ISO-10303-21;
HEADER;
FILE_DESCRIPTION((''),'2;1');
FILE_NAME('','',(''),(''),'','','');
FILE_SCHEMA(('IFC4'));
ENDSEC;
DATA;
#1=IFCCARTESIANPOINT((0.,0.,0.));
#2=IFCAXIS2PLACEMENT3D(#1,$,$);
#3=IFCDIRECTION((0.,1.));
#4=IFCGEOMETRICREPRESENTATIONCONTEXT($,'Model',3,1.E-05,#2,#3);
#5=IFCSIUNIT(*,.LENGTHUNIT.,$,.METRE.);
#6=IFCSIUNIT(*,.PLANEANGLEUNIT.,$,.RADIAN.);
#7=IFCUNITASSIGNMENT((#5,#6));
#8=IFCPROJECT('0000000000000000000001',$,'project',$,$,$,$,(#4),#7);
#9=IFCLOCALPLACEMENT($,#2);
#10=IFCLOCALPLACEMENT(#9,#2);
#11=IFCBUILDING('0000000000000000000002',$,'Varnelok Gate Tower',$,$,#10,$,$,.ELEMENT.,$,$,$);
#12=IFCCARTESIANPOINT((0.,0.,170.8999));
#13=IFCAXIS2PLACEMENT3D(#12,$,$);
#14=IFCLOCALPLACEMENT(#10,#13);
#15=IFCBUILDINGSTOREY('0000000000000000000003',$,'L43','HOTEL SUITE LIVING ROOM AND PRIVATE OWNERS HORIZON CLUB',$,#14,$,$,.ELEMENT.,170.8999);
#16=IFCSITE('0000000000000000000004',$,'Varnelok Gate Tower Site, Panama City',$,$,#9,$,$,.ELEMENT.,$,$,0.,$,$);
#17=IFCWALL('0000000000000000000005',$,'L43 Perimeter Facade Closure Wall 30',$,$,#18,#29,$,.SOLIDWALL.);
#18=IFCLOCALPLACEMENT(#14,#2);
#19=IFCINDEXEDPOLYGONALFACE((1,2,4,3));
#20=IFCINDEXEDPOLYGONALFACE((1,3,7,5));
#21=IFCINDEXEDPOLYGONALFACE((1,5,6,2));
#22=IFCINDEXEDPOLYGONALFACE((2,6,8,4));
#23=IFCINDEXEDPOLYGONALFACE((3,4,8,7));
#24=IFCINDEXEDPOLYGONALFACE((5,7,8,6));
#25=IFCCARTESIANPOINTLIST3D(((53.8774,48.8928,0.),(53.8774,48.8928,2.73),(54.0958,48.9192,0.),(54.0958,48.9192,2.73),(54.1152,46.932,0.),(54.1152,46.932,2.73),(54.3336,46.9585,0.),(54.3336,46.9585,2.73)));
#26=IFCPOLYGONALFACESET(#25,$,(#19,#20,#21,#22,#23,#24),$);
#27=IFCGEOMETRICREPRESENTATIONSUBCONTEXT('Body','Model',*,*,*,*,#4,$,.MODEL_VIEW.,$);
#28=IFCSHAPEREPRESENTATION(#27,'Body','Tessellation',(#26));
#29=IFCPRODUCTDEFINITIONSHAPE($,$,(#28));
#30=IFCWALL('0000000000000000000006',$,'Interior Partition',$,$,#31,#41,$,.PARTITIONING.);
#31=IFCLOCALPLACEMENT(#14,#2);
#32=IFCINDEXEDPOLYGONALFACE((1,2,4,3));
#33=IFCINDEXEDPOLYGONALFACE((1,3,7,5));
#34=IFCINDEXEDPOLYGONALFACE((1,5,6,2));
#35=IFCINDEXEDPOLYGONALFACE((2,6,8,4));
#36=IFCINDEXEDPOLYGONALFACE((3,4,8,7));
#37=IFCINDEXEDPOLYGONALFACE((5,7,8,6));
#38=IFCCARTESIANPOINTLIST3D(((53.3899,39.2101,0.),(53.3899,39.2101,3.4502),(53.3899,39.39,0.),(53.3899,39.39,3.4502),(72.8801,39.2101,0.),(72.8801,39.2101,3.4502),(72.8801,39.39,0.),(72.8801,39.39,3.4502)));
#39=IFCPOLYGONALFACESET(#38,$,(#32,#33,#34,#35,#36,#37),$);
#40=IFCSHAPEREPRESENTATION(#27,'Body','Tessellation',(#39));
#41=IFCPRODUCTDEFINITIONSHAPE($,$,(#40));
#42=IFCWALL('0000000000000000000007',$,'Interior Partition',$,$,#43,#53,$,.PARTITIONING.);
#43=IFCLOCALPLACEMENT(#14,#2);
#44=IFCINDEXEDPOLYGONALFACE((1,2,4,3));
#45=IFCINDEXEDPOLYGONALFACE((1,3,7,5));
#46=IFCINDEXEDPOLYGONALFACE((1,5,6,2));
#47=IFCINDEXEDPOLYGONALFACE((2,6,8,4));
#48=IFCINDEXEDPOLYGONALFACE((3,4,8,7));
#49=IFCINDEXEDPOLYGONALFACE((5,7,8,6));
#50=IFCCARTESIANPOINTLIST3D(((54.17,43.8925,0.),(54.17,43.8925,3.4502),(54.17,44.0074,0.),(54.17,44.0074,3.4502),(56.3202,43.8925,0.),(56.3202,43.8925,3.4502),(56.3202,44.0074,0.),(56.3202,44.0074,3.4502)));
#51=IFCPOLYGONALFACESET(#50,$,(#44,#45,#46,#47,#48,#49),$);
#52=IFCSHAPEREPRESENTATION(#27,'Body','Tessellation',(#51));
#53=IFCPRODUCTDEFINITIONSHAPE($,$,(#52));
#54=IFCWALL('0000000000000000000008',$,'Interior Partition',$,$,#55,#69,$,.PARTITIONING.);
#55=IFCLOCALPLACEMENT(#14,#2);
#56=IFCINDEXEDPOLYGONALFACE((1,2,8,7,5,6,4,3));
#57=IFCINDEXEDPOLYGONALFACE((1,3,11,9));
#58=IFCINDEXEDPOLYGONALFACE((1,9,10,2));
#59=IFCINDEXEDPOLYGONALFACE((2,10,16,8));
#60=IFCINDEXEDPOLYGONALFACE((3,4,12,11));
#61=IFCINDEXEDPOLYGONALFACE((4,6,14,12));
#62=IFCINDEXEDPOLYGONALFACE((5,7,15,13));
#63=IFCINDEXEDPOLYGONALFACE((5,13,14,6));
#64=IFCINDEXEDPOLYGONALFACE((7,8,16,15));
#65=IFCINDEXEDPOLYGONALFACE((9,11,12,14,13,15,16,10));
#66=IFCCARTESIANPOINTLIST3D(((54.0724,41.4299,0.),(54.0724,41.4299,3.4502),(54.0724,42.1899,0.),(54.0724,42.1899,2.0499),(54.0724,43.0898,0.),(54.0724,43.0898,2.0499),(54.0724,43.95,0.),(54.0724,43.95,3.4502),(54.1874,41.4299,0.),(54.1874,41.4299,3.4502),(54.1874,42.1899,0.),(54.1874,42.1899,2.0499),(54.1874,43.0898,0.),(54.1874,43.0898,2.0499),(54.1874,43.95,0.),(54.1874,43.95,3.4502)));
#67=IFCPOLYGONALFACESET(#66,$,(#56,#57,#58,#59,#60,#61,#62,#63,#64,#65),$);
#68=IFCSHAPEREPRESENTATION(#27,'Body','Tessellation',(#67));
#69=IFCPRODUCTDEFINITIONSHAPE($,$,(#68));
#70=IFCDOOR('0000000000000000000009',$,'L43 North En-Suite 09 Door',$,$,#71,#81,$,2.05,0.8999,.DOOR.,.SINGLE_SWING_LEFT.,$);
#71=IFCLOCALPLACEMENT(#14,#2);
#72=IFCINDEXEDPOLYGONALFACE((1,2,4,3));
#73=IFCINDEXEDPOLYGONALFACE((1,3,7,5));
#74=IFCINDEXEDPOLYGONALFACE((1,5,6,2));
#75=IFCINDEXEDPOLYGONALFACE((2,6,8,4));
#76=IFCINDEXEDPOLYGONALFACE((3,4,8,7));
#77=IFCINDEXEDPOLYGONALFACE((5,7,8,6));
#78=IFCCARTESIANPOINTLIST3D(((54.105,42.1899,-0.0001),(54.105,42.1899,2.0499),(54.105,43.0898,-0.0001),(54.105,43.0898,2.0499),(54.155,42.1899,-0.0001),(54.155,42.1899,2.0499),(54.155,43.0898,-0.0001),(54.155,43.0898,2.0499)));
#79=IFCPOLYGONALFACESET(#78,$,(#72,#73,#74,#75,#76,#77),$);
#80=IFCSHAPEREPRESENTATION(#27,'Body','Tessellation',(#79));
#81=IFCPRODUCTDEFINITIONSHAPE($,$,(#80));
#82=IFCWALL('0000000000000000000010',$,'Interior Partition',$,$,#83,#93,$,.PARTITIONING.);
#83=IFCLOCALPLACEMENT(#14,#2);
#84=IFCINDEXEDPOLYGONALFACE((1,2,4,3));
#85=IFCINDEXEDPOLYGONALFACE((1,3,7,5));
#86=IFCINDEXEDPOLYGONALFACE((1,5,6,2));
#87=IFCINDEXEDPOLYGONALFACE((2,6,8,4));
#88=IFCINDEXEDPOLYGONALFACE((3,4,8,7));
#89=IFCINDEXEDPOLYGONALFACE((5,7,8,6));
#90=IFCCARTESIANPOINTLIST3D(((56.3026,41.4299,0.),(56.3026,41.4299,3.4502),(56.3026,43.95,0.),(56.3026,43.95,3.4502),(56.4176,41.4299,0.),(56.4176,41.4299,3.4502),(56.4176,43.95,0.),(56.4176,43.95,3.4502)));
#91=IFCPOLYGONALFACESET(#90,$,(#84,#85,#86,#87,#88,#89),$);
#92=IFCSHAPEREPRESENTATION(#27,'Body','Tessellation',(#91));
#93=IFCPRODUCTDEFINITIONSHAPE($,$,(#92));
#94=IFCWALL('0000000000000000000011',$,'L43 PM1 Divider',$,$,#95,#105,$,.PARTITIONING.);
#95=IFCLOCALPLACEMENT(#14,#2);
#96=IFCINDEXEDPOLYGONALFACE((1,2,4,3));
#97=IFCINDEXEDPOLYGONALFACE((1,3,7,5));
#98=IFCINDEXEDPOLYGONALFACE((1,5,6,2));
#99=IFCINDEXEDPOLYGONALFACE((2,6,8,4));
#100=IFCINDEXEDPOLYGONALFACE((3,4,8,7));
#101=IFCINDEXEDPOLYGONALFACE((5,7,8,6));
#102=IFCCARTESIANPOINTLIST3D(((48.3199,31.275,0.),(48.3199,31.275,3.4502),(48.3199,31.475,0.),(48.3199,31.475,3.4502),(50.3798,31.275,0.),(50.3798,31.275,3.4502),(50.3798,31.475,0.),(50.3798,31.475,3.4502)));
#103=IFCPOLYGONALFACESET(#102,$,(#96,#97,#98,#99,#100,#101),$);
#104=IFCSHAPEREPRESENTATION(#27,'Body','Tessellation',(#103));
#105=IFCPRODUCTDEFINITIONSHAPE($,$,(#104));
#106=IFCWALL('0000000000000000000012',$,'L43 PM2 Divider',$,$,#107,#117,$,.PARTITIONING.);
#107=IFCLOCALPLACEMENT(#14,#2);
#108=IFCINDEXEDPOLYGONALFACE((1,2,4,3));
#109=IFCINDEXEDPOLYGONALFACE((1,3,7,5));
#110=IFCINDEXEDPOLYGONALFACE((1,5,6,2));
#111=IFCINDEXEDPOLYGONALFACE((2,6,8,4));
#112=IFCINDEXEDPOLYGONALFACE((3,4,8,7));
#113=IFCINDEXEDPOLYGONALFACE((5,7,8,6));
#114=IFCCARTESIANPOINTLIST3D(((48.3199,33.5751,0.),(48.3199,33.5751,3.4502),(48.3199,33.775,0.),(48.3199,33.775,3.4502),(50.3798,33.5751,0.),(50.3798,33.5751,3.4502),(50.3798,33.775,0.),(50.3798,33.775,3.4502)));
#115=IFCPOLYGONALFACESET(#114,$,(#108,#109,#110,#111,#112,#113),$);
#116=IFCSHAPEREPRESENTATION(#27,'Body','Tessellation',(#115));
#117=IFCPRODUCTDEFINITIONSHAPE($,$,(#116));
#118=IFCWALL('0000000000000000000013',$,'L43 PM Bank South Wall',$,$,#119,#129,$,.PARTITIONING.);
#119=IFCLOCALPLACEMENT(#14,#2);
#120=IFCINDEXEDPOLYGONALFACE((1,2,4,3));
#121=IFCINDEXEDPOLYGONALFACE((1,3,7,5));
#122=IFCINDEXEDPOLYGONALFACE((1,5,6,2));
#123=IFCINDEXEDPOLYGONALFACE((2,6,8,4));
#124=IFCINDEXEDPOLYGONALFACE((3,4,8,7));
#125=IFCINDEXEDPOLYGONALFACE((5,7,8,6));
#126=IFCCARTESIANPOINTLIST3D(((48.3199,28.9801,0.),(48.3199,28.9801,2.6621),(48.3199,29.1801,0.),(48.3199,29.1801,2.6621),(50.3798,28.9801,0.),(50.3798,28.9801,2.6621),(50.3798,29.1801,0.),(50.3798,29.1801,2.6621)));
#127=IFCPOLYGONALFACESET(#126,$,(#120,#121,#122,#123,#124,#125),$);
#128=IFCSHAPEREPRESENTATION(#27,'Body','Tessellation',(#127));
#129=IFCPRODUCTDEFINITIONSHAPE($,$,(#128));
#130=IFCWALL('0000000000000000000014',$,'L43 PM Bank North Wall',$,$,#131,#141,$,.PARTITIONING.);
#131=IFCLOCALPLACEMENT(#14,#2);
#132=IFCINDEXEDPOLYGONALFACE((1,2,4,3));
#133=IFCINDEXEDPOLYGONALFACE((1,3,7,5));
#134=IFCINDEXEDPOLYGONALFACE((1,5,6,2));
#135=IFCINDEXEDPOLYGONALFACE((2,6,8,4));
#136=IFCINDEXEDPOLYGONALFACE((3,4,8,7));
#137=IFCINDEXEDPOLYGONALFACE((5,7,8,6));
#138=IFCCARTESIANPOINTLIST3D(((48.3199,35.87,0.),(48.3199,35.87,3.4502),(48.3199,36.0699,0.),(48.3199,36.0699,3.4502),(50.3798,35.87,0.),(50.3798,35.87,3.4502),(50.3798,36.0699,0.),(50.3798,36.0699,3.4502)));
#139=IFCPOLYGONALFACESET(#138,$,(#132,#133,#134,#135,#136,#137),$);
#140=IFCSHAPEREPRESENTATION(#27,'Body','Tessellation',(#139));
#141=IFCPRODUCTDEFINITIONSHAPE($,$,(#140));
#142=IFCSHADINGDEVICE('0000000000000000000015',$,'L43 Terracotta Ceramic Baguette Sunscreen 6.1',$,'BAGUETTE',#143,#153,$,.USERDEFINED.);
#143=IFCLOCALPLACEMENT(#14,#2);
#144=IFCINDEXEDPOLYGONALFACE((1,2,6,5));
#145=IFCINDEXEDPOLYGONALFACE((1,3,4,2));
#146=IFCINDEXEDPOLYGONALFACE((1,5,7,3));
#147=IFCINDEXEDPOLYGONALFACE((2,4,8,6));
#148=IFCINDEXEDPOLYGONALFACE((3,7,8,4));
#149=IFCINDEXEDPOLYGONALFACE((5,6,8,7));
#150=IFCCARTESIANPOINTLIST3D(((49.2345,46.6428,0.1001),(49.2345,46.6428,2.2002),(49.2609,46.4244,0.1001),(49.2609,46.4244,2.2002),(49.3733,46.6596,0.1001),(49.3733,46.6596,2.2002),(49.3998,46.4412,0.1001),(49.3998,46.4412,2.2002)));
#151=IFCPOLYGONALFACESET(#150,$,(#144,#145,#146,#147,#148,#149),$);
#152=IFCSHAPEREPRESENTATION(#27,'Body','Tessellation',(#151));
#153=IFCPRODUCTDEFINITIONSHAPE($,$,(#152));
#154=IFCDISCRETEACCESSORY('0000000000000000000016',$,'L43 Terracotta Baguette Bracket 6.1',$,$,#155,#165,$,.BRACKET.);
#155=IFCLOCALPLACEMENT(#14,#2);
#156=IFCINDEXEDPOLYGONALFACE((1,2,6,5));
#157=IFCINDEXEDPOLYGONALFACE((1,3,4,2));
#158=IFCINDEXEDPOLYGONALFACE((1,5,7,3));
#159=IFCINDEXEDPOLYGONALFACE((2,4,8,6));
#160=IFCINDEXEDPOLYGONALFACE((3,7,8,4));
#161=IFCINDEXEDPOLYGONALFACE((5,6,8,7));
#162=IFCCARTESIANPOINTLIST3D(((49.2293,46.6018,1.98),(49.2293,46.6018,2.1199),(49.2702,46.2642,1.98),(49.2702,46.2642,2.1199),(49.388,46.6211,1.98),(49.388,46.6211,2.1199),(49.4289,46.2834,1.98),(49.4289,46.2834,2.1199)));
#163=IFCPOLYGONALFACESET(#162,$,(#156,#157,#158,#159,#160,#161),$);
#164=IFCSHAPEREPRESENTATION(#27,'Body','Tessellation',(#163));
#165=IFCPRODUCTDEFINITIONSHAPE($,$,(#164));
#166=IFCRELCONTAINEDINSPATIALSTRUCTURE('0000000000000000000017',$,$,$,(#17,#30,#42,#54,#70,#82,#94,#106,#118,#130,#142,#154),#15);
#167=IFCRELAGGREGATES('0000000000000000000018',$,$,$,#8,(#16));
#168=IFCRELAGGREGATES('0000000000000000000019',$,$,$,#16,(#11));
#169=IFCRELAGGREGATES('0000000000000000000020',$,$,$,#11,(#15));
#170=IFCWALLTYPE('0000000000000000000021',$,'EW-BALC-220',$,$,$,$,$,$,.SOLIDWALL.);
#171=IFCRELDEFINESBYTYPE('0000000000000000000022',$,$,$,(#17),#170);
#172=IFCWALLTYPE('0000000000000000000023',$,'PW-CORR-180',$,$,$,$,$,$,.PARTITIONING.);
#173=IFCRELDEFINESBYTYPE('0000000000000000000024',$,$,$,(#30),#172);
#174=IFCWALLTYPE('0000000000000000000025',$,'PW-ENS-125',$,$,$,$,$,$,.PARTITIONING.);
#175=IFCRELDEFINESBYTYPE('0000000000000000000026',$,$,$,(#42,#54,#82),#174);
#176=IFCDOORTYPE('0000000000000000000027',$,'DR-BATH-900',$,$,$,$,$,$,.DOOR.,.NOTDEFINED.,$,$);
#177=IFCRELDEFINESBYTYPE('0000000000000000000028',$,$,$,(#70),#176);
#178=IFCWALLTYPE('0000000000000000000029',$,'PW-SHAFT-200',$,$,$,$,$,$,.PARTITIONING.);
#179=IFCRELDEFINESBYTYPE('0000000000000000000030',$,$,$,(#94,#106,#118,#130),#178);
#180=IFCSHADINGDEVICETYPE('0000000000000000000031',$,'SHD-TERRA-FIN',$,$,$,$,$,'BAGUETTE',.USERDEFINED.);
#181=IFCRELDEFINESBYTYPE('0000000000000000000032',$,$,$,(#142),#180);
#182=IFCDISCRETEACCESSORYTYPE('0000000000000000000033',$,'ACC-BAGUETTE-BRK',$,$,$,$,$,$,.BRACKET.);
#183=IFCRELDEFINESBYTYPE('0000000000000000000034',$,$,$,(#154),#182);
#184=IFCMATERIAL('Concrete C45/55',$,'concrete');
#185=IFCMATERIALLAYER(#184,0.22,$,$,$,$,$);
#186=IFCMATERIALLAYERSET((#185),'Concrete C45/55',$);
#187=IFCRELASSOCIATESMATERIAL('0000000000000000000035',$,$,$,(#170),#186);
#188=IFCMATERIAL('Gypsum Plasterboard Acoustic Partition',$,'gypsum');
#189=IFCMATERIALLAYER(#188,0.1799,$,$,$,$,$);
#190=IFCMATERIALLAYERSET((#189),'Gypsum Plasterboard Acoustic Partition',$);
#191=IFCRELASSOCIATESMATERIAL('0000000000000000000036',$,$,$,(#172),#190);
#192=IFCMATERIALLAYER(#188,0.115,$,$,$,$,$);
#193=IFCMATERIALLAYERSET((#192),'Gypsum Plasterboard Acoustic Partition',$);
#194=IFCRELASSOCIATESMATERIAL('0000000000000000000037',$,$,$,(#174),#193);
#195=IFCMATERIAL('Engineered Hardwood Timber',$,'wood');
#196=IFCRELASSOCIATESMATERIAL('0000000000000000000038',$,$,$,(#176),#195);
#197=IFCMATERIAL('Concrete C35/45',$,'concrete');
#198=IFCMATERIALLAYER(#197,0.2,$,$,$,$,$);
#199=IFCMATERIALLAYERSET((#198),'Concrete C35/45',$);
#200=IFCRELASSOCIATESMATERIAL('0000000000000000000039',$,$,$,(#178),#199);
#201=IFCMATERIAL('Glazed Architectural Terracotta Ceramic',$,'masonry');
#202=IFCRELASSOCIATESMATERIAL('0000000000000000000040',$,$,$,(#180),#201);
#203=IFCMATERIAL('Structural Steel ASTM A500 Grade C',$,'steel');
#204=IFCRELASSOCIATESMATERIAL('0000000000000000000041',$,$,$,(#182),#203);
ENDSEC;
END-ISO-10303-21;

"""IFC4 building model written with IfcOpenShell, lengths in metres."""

from ifc_helpers import new_model, si_unit, direction, frame, frame_2d, origin, origin_2d, place, context, subcontext, project, spatial, rectangle, extrude, source, transform, mapped, material, layer, layer_set, type_object, element, fill, save


model = new_model("IFC4")

# Units and contexts
model_context = context("Model", 3, precision=1e-05, world=origin(), true_north=direction((0.0, 1.0)))
body_context = subcontext(model_context, "Body", "Model", "MODEL_VIEW")
ifc_project = project(units=[si_unit("LENGTHUNIT", "METRE"), si_unit("PLANEANGLEUNIT", "RADIAN")], contexts=[model_context])

# Site, building, storey
site_placement = place(None, origin())
site = spatial("IfcSite", under=ifc_project, at=site_placement, Name="Varnelok Gate Tower Site, Panama City", CompositionType="ELEMENT", RefElevation=0.0)
building_placement = place(site_placement, origin())
building = spatial("IfcBuilding", under=site, at=building_placement, Name="Varnelok Gate Tower", CompositionType="ELEMENT")
storey_placement = place(building_placement, frame((0.0, 0.0, 170.8999)))
storey = spatial("IfcBuildingStorey", under=building, at=storey_placement, Name="L43", Description="HOTEL SUITE LIVING ROOM AND PRIVATE OWNERS HORIZON CLUB", CompositionType="ELEMENT", Elevation=170.8999)

# Shared definitions
ifc_material_1 = material(Name="Concrete C45/55", Category="concrete")
ifc_layer_1 = layer(ifc_material_1, 0.22)
ifc_layer_set_1 = layer_set([ifc_layer_1], Name="Concrete C45/55")
wall_type_1 = type_object("IfcWallType", Name="EW-BALC-220", PredefinedType="SOLIDWALL", material=ifc_layer_set_1)

# Walls
wall_1_placement = place(storey_placement, frame((53.9866, 48.906, 0.0), z_axis=(0.0, 0.0, 1.0), x_axis=(0.120398, -0.992726, 0.0)))
element("IfcWall", 1, at=wall_1_placement, inside=storey, type_object=wall_type_1, Name="L43 Perimeter Facade Closure Wall 30", PredefinedType="SOLIDWALL", context=body_context, shape_type="SweptSolid", body=[
    extrude(rectangle(XDim=1.9751, YDim=0.22, at=frame_2d((0.9875, 0.0))), origin(), (0.0, 0.0, 1.0), 2.73),
])
ifc_material_2 = material(Name="Gypsum Plasterboard Acoustic Partition", Category="gypsum")
ifc_layer_2 = layer(ifc_material_2, 0.1799)
ifc_layer_set_2 = layer_set([ifc_layer_2], Name="Gypsum Plasterboard Acoustic Partition")
wall_type_2 = type_object("IfcWallType", Name="PW-CORR-180", PredefinedType="PARTITIONING", material=ifc_layer_set_2)
wall_2_placement = place(storey_placement, frame((53.3899, 39.3, 0.0), z_axis=(0.0, 0.0, 1.0), x_axis=(1.0, 0.0, 0.0)))
element("IfcWall", 2, at=wall_2_placement, inside=storey, type_object=wall_type_2, Name="Interior Partition", PredefinedType="PARTITIONING", context=body_context, shape_type="SweptSolid", body=[
    extrude(rectangle(XDim=19.4902, YDim=0.1799, at=frame_2d((9.7451, 0.0))), origin(), (0.0, 0.0, 1.0), 3.4502),
])
ifc_layer_3 = layer(ifc_material_2, 0.115)
ifc_layer_set_3 = layer_set([ifc_layer_3], Name="Gypsum Plasterboard Acoustic Partition")
wall_type_3 = type_object("IfcWallType", Name="PW-ENS-125", PredefinedType="PARTITIONING", material=ifc_layer_set_3)
wall_3_placement = place(storey_placement, frame((54.1699, 43.95, 0.0), z_axis=(0.0, 0.0, 1.0), x_axis=(1.0, 0.0, 0.0)))
element("IfcWall", 3, at=wall_3_placement, inside=storey, type_object=wall_type_3, Name="Interior Partition", PredefinedType="PARTITIONING", context=body_context, shape_type="SweptSolid", body=[
    extrude(rectangle(XDim=2.1501, YDim=0.115, at=frame_2d((1.0752, 0.0))), origin(), (0.0, 0.0, 1.0), 3.4502),
])

# Wall, opening, door
wall_4_placement = place(storey_placement, frame((54.1299, 41.4299, 0.0), z_axis=(0.0, 0.0, 1.0), x_axis=(0.0, 1.0, 0.0)))
wall_4 = element("IfcWall", 4, at=wall_4_placement, inside=storey, type_object=wall_type_3, Name="Interior Partition", PredefinedType="PARTITIONING", context=body_context, shape_type="SweptSolid", body=[
    extrude(rectangle(XDim=2.52, YDim=0.115, at=frame_2d((1.26, 0.0))), origin(), (0.0, 0.0, 1.0), 3.4502),
])
opening_1_placement = place(wall_4_placement, frame((0.76, 0.0, 0.0)))
opening_1 = element("IfcOpeningElement", 5, at=opening_1_placement, cuts=wall_4, PredefinedType="OPENING", context=body_context, shape_type="SweptSolid", body=[
    extrude(rectangle(XDim=0.8999, YDim=2.05, at=frame_2d((0.45, 1.0249))), frame((0.0, 0.0674, 0.0), z_axis=(0.0, -1.0, 0.0), x_axis=(1.0, 0.0, 0.0)), (0.0, 0.0, 1.0), 0.135),
])
ifc_material_3 = material(Name="Engineered Hardwood Timber", Category="wood")
door_type_1 = type_object("IfcDoorType", Name="DR-BATH-900", OperationType="NOTDEFINED", PredefinedType="DOOR", material=ifc_material_3)
door_1_placement = place(opening_1_placement, origin())
door_1 = element("IfcDoor", 6, at=door_1_placement, inside=storey, type_object=door_type_1, Name="L43 North En-Suite 09 Door", OperationType="SINGLE_SWING_LEFT", OverallHeight=2.05, OverallWidth=0.8999, PredefinedType="DOOR", context=body_context, shape_type="SweptSolid", body=[
    extrude(rectangle(XDim=0.8999, YDim=2.05, at=frame_2d((0.45, 1.0249))), frame((0.0, 0.0249, 0.0), z_axis=(0.0, -1.0, 0.0), x_axis=(1.0, 0.0, 0.0)), (0.0, 0.0, 1.0), 0.05),
])
fill(opening_1, door_1)

# Walls
wall_5_placement = place(storey_placement, frame((56.3601, 41.4299, 0.0), z_axis=(0.0, 0.0, 1.0), x_axis=(0.0, 1.0, 0.0)))
element("IfcWall", 7, at=wall_5_placement, inside=storey, type_object=wall_type_3, Name="Interior Partition", PredefinedType="PARTITIONING", context=body_context, shape_type="SweptSolid", body=[
    extrude(rectangle(XDim=2.52, YDim=0.115, at=frame_2d((1.26, 0.0))), origin(), (0.0, 0.0, 1.0), 3.4502),
])
ifc_material_4 = material(Name="Concrete C35/45", Category="concrete")
ifc_layer_4 = layer(ifc_material_4, 0.2)
ifc_layer_set_4 = layer_set([ifc_layer_4], Name="Concrete C35/45")
wall_type_4 = type_object("IfcWallType", Name="PW-SHAFT-200", PredefinedType="PARTITIONING", material=ifc_layer_set_4)
for number, where, z_axis, x_axis, name in (
    (8, (48.3201, 31.375, 0.0), (0.0, 0.0, 1.0), (1.0, 0.0, 0.0), "L43 PM1 Divider"),
    (9, (48.3201, 33.675, 0.0), (0.0, 0.0, 1.0), (1.0, 0.0, 0.0), "L43 PM2 Divider"),
):
    element("IfcWall", number, at=place(storey_placement, frame(where, z_axis=z_axis, x_axis=x_axis)), inside=storey, type_object=wall_type_4, Name=name, PredefinedType="PARTITIONING", context=body_context, shape_type="SweptSolid", body=[
        extrude(rectangle(XDim=2.0598, YDim=0.2, at=frame_2d((1.0298, 0.0))), origin(), (0.0, 0.0, 1.0), 3.4502),
    ])
wall_6_placement = place(storey_placement, frame((48.3201, 29.0801, 0.0), z_axis=(0.0, 0.0, 1.0), x_axis=(1.0, 0.0, 0.0)))
element("IfcWall", 10, at=wall_6_placement, inside=storey, type_object=wall_type_4, Name="L43 PM Bank South Wall", PredefinedType="PARTITIONING", context=body_context, shape_type="SweptSolid", body=[
    extrude(rectangle(XDim=2.0598, YDim=0.2, at=frame_2d((1.0298, 0.0))), origin(), (0.0, 0.0, 1.0), 2.6621),
])
wall_7_placement = place(storey_placement, frame((48.3201, 35.97, 0.0), z_axis=(0.0, 0.0, 1.0), x_axis=(1.0, 0.0, 0.0)))
element("IfcWall", 11, at=wall_7_placement, inside=storey, type_object=wall_type_4, Name="L43 PM Bank North Wall", PredefinedType="PARTITIONING", context=body_context, shape_type="SweptSolid", body=[
    extrude(rectangle(XDim=2.0598, YDim=0.2, at=frame_2d((1.0298, 0.0))), origin(), (0.0, 0.0, 1.0), 3.4502),
])

# Shading device
ifc_material_5 = material(Name="Glazed Architectural Terracotta Ceramic", Category="masonry")
shading_device_type = type_object("IfcShadingDeviceType", Name="SHD-TERRA-FIN", ElementType="BAGUETTE", PredefinedType="USERDEFINED", material=ifc_material_5)
shared_shape_1 = source(origin(), body_context, "Body", "SweptSolid", [
    extrude(rectangle(XDim=0.1399, YDim=0.22, at=origin_2d()), origin(), (0.0, 0.0, 1.0), 2.1001),
])
shading_device_placement = place(storey_placement, frame((49.3171, 46.542, 0.1001), z_axis=(0.0, 0.0, 1.0), x_axis=(0.992732, 0.120345, 0.0)))
element("IfcShadingDevice", 12, at=shading_device_placement, inside=storey, type_object=shading_device_type, Name="L43 Terracotta Ceramic Baguette Sunscreen 6.1", ObjectType="BAGUETTE", PredefinedType="USERDEFINED", context=body_context, shape_type="MappedRepresentation", body=[
    mapped(shared_shape_1, transform((0.0, 0.0, 0.0), scale=1.0)),
])

# Discrete accessory
ifc_material_6 = material(Name="Structural Steel ASTM A500 Grade C", Category="steel")
discrete_accessory_type = type_object("IfcDiscreteAccessoryType", Name="ACC-BAGUETTE-BRK", PredefinedType="BRACKET", material=ifc_material_6)
shared_shape_2 = source(origin(), body_context, "Body", "SweptSolid", [
    extrude(rectangle(XDim=0.1599, YDim=0.3401, at=origin_2d()), origin(), (0.0, 0.0, 1.0), 0.1399),
])
discrete_accessory_placement = place(storey_placement, frame((49.3291, 46.4426, 1.98), z_axis=(0.0, 0.0, 1.0), x_axis=(0.992732, 0.120345, 0.0)))
element("IfcDiscreteAccessory", 13, at=discrete_accessory_placement, inside=storey, type_object=discrete_accessory_type, Name="L43 Terracotta Baguette Bracket 6.1", PredefinedType="BRACKET", context=body_context, shape_type="MappedRepresentation", body=[
    mapped(shared_shape_2, transform((0.0, 0.0, 0.0), scale=1.0)),
])

save(model, "model.ifc")
